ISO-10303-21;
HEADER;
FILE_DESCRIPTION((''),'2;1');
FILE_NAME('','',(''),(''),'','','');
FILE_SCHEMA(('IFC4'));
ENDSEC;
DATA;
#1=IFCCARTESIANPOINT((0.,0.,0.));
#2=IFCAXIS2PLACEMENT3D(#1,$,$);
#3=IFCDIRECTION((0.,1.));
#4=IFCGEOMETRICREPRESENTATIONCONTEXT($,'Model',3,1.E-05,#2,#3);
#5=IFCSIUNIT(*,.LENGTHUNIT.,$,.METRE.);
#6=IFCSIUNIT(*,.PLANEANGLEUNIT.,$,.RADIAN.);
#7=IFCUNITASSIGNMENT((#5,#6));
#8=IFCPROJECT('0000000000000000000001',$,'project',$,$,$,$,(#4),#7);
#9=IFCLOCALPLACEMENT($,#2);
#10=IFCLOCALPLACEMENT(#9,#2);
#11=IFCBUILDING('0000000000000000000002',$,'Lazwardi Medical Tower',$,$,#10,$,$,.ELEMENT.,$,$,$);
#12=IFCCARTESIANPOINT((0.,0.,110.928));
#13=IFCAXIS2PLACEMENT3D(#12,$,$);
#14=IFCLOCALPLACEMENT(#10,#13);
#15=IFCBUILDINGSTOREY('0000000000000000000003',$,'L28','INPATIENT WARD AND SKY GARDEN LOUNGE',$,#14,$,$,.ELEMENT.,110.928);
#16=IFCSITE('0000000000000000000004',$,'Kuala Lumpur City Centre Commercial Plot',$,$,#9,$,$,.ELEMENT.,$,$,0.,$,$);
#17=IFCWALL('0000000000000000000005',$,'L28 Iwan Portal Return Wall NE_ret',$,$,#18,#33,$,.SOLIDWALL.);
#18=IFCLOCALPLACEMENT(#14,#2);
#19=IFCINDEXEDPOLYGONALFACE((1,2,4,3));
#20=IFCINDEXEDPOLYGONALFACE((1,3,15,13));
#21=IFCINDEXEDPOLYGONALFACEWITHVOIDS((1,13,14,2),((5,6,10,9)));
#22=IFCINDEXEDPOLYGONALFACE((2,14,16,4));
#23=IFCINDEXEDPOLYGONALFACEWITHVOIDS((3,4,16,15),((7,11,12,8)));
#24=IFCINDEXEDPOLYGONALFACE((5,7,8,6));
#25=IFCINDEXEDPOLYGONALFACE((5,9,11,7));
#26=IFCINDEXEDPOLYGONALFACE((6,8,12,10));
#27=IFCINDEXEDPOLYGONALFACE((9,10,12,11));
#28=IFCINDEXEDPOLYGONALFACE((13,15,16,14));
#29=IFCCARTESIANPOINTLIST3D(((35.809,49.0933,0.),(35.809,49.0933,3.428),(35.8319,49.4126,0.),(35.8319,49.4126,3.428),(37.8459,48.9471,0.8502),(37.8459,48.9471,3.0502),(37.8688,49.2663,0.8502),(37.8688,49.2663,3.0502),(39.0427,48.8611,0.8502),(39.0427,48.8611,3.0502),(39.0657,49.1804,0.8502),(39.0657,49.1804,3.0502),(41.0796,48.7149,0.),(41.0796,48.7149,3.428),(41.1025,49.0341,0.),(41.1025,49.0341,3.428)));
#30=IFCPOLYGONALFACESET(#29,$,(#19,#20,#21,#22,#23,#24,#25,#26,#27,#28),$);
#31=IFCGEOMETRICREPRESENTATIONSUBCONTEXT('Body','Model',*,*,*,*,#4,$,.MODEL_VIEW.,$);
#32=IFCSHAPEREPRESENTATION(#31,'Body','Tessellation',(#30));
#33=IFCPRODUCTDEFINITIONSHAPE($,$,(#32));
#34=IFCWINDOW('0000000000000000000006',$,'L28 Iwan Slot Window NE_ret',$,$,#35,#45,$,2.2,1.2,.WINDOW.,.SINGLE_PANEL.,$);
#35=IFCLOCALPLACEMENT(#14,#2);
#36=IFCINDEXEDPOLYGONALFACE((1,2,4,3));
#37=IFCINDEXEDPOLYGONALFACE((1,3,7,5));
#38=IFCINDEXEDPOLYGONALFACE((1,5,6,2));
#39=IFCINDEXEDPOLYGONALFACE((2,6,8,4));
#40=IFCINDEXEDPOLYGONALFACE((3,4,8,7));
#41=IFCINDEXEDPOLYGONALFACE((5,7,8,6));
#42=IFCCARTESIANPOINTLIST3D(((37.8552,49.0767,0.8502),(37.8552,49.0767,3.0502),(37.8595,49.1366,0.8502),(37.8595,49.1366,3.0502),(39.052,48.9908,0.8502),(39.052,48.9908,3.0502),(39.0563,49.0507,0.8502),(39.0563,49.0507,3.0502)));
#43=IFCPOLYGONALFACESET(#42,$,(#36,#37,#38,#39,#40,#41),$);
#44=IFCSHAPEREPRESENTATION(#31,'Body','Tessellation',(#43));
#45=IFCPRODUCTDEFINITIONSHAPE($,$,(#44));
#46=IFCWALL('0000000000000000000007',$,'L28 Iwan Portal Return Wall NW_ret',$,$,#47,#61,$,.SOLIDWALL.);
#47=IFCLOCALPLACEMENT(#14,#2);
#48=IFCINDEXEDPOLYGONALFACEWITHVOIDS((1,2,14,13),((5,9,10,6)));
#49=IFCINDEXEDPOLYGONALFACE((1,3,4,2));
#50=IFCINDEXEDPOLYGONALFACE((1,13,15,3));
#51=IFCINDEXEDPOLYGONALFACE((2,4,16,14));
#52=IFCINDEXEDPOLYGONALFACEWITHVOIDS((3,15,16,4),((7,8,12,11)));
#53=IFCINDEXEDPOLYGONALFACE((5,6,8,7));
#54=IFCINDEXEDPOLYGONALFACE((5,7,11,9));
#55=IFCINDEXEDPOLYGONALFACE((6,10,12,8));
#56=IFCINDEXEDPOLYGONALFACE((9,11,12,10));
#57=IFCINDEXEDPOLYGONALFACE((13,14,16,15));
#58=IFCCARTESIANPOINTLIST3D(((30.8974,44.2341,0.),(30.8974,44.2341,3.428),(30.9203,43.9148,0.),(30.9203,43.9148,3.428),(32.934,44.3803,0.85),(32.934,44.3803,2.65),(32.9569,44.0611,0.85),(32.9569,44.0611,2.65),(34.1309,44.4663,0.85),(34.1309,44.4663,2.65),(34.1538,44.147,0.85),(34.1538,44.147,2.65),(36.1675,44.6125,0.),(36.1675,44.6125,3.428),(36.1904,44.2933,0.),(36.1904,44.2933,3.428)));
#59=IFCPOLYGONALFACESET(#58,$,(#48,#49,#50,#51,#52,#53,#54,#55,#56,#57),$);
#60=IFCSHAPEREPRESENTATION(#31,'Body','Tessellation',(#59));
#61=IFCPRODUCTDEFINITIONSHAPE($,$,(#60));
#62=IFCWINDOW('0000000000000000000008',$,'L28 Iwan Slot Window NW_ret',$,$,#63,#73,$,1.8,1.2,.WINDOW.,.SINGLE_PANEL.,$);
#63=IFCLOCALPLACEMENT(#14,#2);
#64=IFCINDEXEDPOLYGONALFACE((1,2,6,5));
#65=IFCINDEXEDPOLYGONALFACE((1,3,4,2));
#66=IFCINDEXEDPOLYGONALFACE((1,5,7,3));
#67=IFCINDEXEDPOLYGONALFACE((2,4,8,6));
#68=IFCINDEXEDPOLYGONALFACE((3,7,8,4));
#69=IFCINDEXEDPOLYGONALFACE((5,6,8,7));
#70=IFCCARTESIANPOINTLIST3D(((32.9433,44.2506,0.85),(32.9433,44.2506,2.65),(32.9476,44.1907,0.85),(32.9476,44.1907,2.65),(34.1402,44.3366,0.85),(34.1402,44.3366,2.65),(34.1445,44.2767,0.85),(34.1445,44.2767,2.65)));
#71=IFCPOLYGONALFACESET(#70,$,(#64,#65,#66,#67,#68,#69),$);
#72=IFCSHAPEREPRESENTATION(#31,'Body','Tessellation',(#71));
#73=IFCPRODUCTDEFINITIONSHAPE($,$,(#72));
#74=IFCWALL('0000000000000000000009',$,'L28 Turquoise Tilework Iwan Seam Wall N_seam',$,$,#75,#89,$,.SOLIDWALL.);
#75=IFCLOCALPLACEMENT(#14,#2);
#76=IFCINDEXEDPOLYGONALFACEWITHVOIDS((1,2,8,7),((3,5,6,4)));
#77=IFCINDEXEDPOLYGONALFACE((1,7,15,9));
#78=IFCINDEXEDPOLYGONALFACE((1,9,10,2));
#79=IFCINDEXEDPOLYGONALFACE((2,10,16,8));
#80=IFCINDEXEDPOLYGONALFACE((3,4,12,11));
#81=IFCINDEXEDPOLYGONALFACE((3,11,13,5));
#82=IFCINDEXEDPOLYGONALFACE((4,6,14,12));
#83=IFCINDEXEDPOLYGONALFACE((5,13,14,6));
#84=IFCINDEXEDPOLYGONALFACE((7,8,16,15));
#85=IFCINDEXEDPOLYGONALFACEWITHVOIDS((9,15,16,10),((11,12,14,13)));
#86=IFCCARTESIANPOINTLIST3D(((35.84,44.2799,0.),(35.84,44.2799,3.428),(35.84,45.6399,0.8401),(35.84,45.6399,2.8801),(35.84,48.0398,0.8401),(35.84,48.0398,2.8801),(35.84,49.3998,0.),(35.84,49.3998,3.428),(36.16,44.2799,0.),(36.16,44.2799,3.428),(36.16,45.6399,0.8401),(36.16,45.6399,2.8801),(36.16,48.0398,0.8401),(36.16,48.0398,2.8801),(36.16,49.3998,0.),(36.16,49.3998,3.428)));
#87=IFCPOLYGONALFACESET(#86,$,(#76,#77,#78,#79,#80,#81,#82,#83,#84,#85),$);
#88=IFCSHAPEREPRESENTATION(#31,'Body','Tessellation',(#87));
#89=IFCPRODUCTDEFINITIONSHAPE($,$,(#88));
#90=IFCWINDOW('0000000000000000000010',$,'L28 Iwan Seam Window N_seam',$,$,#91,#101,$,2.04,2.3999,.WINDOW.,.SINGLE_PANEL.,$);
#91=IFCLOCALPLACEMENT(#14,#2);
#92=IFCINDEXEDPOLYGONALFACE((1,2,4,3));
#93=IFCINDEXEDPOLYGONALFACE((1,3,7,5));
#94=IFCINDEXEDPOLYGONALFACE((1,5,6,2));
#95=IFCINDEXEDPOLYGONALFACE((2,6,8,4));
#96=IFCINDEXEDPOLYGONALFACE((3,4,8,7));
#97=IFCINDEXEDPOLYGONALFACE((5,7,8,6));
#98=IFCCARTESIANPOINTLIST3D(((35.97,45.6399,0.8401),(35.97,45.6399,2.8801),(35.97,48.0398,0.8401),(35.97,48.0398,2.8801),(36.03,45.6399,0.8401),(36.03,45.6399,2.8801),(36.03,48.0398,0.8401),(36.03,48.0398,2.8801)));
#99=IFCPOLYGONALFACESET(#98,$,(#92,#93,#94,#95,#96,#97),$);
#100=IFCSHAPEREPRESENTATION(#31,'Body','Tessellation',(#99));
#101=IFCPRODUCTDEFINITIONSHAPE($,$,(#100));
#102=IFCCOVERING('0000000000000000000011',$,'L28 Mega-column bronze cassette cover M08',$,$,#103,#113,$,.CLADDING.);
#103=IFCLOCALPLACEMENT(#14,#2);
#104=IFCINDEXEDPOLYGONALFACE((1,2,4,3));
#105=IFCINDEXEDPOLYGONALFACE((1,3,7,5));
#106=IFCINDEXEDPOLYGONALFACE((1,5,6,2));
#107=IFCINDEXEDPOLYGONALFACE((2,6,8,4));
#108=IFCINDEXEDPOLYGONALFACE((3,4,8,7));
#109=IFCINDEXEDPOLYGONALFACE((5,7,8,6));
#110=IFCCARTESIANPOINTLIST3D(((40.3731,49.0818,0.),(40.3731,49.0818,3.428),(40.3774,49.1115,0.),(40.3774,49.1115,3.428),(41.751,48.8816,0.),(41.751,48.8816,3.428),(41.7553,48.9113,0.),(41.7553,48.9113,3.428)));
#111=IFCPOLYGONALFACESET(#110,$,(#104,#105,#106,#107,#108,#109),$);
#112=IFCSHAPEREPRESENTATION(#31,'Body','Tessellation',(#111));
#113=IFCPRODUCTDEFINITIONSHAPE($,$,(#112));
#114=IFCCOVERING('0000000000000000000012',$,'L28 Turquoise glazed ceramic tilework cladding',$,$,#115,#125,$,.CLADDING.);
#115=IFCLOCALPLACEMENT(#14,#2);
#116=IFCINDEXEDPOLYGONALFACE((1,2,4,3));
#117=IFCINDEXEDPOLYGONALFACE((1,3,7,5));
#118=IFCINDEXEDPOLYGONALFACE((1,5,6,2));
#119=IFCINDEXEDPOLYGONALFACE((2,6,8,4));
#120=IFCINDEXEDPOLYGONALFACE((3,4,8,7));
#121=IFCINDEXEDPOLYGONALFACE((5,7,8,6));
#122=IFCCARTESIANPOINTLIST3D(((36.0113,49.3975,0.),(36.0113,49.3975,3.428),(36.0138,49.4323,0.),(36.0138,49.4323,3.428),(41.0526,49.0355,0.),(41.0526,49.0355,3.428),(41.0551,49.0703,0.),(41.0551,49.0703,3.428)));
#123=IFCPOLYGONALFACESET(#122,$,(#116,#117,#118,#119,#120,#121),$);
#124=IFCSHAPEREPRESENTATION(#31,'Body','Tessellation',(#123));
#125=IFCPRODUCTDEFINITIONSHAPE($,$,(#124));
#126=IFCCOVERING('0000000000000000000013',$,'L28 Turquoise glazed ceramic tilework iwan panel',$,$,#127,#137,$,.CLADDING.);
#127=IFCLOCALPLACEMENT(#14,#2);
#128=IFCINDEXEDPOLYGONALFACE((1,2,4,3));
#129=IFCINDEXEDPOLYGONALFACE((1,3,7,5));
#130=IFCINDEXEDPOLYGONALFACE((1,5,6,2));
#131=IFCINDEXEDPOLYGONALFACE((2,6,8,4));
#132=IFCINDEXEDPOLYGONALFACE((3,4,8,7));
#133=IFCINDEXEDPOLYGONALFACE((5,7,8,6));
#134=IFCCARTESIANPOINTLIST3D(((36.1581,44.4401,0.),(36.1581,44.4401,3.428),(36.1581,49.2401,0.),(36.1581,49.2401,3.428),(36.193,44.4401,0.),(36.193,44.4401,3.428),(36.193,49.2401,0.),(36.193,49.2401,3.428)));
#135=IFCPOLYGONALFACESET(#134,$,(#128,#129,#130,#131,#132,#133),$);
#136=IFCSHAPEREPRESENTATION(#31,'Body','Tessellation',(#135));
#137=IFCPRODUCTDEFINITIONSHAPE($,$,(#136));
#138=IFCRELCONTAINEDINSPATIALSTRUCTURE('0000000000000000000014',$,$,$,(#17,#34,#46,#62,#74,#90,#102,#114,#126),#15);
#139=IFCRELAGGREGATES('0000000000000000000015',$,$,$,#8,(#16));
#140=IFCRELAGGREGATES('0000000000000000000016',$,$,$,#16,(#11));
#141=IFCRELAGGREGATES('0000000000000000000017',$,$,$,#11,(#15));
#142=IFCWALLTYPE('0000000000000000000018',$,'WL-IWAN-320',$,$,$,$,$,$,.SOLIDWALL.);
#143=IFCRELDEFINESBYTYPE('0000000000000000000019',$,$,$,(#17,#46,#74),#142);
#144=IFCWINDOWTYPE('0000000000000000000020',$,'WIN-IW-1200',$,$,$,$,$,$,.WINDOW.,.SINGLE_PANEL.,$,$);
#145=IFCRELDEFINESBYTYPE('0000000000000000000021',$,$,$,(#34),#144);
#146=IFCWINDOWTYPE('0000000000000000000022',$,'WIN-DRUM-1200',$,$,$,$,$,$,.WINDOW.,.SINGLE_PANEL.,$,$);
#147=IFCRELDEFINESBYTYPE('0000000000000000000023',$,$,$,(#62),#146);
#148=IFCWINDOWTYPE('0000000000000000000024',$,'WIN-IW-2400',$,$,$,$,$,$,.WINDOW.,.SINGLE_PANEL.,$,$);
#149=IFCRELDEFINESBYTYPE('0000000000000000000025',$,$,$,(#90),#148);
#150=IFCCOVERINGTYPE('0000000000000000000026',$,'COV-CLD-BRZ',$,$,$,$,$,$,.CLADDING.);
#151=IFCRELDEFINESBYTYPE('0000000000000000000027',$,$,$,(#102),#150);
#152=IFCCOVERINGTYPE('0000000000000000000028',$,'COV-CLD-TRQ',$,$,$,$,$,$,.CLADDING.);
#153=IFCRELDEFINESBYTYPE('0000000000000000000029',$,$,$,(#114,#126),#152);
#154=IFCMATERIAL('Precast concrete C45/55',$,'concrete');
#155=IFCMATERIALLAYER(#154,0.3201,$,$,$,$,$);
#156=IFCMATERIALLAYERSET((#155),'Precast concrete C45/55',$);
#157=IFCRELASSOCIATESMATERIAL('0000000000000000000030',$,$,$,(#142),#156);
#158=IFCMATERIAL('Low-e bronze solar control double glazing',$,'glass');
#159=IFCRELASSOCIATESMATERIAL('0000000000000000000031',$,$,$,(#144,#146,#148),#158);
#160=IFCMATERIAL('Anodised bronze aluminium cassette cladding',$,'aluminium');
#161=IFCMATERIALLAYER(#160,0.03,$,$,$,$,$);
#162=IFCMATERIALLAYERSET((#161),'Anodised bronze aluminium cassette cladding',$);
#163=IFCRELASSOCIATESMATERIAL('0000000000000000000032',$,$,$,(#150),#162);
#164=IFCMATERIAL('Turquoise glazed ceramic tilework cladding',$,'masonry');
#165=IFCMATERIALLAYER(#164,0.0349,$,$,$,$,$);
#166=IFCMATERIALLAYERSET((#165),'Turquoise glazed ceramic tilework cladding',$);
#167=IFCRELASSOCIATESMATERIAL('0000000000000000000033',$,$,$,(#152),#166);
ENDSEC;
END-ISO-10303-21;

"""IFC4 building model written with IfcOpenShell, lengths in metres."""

from ifc_helpers import new_model, si_unit, direction, frame, frame_2d, origin, origin_2d, place, context, subcontext, project, spatial, rectangle, extrude, material, layer, layer_set, type_object, element, fill, save


model = new_model("IFC4")

# Units and contexts
model_context = context("Model", 3, precision=1e-05, world=origin(), true_north=direction((0.0, 1.0)))
body_context = subcontext(model_context, "Body", "Model", "MODEL_VIEW")
ifc_project = project(units=[si_unit("LENGTHUNIT", "METRE"), si_unit("PLANEANGLEUNIT", "RADIAN")], contexts=[model_context])

# Site, building, storey
site_placement = place(None, origin())
site = spatial("IfcSite", under=ifc_project, at=site_placement, Name="Kuala Lumpur City Centre Commercial Plot", CompositionType="ELEMENT", RefElevation=0.0)
building_placement = place(site_placement, origin())
building = spatial("IfcBuilding", under=site, at=building_placement, Name="Lazwardi Medical Tower", CompositionType="ELEMENT")
storey_placement = place(building_placement, frame((0.0, 0.0, 110.928)))
storey = spatial("IfcBuildingStorey", under=building, at=storey_placement, Name="L28", Description="INPATIENT WARD AND SKY GARDEN LOUNGE", CompositionType="ELEMENT", Elevation=110.928)

# Shared definitions
ifc_material_1 = material(Name="Low-e bronze solar control double glazing", Category="glass")

# Walls, openings, windows
ifc_material_2 = material(Name="Precast concrete C45/55", Category="concrete")
ifc_layer_1 = layer(ifc_material_2, 0.3201)
ifc_layer_set_1 = layer_set([ifc_layer_1], Name="Precast concrete C45/55")
wall_type_1 = type_object("IfcWallType", Name="WL-IWAN-320", PredefinedType="SOLIDWALL", material=ifc_layer_set_1)
wall_1_placement = place(storey_placement, frame((41.0911, 48.8745, 0.0), z_axis=(0.0, 0.0, 1.0), x_axis=(-0.997432, 0.071615, 0.0)))
wall_1 = element("IfcWall", 1, at=wall_1_placement, inside=storey, type_object=wall_type_1, Name="L28 Iwan Portal Return Wall NE_ret", PredefinedType="SOLIDWALL", context=body_context, shape_type="SweptSolid", body=[
    extrude(rectangle(XDim=5.2842, YDim=0.3201, at=frame_2d((2.6421, 0.0))), origin(), (0.0, 0.0, 1.0), 3.428),
])
opening_1_placement = place(wall_1_placement, frame((2.042, 0.0, 0.8501)))
opening_1 = element("IfcOpeningElement", 2, at=opening_1_placement, cuts=wall_1, PredefinedType="OPENING", context=body_context, shape_type="SweptSolid", body=[
    extrude(rectangle(XDim=1.2, YDim=2.2, at=frame_2d((0.6001, 1.1001))), frame((0.0, 0.1699, 0.0), z_axis=(0.0, -1.0, 0.0), x_axis=(1.0, 0.0, 0.0)), (0.0, 0.0, 1.0), 0.3401),
])
window_type_1 = type_object("IfcWindowType", Name="WIN-IW-1200", PartitioningType="SINGLE_PANEL", PredefinedType="WINDOW", material=ifc_material_1)
window_1_placement = place(opening_1_placement, origin())
window_1 = element("IfcWindow", 3, at=window_1_placement, inside=storey, type_object=window_type_1, Name="L28 Iwan Slot Window NE_ret", OverallHeight=2.2, OverallWidth=1.2, PartitioningType="SINGLE_PANEL", PredefinedType="WINDOW", context=body_context, shape_type="SweptSolid", body=[
    extrude(rectangle(XDim=1.2, YDim=2.2, at=frame_2d((0.6001, 1.1001))), frame((0.0, 0.03, 0.0), z_axis=(0.0, -1.0, 0.0), x_axis=(1.0, 0.0, 0.0)), (0.0, 0.0, 1.0), 0.0601),
])
fill(opening_1, window_1)
wall_2_placement = place(storey_placement, frame((36.179, 44.4529, 0.0), z_axis=(0.0, 0.0, 1.0), x_axis=(-0.997432, -0.071621, 0.0)))
wall_2 = element("IfcWall", 4, at=wall_2_placement, inside=storey, type_object=wall_type_1, Name="L28 Iwan Portal Return Wall NW_ret", PredefinedType="SOLIDWALL", context=body_context, shape_type="SweptSolid", body=[
    extrude(rectangle(XDim=5.2837, YDim=0.3201, at=frame_2d((2.6418, 0.0))), origin(), (0.0, 0.0, 1.0), 3.428),
])
opening_2_placement = place(wall_2_placement, frame((2.0417, 0.0, 0.8501)))
opening_2 = element("IfcOpeningElement", 5, at=opening_2_placement, cuts=wall_2, PredefinedType="OPENING", context=body_context, shape_type="SweptSolid", body=[
    extrude(rectangle(XDim=1.2, YDim=1.8, at=frame_2d((0.6001, 0.8999))), frame((0.0, 0.1699, 0.0), z_axis=(0.0, -1.0, 0.0), x_axis=(1.0, 0.0, 0.0)), (0.0, 0.0, 1.0), 0.3401),
])
window_type_2 = type_object("IfcWindowType", Name="WIN-DRUM-1200", PartitioningType="SINGLE_PANEL", PredefinedType="WINDOW", material=ifc_material_1)
window_2_placement = place(opening_2_placement, origin())
window_2 = element("IfcWindow", 6, at=window_2_placement, inside=storey, type_object=window_type_2, Name="L28 Iwan Slot Window NW_ret", OverallHeight=1.8, OverallWidth=1.2, PartitioningType="SINGLE_PANEL", PredefinedType="WINDOW", context=body_context, shape_type="SweptSolid", body=[
    extrude(rectangle(XDim=1.2, YDim=1.8, at=frame_2d((0.6001, 0.8999))), frame((0.0, 0.03, 0.0), z_axis=(0.0, -1.0, 0.0), x_axis=(1.0, 0.0, 0.0)), (0.0, 0.0, 1.0), 0.0601),
])
fill(opening_2, window_2)
wall_3_placement = place(storey_placement, frame((36.0, 49.3999, 0.0), z_axis=(0.0, 0.0, 1.0), x_axis=(0.0, -1.0, 0.0)))
wall_3 = element("IfcWall", 7, at=wall_3_placement, inside=storey, type_object=wall_type_1, Name="L28 Turquoise Tilework Iwan Seam Wall N_seam", PredefinedType="SOLIDWALL", context=body_context, shape_type="SweptSolid", body=[
    extrude(rectangle(XDim=5.1199, YDim=0.3201, at=frame_2d((2.5601, 0.0))), origin(), (0.0, 0.0, 1.0), 3.428),
])
opening_3_placement = place(wall_3_placement, frame((1.3601, 0.0, 0.8401)))
opening_3 = element("IfcOpeningElement", 8, at=opening_3_placement, cuts=wall_3, PredefinedType="OPENING", context=body_context, shape_type="SweptSolid", body=[
    extrude(rectangle(XDim=2.3999, YDim=2.04, at=frame_2d((1.2, 1.02))), frame((0.0, 0.1699, 0.0), z_axis=(0.0, -1.0, 0.0), x_axis=(1.0, 0.0, 0.0)), (0.0, 0.0, 1.0), 0.3401),
])
window_type_3 = type_object("IfcWindowType", Name="WIN-IW-2400", PartitioningType="SINGLE_PANEL", PredefinedType="WINDOW", material=ifc_material_1)
window_3_placement = place(opening_3_placement, origin())
window_3 = element("IfcWindow", 9, at=window_3_placement, inside=storey, type_object=window_type_3, Name="L28 Iwan Seam Window N_seam", OverallHeight=2.04, OverallWidth=2.3999, PartitioningType="SINGLE_PANEL", PredefinedType="WINDOW", context=body_context, shape_type="SweptSolid", body=[
    extrude(rectangle(XDim=2.3999, YDim=2.04, at=frame_2d((1.2, 1.02))), frame((0.0, 0.03, 0.0), z_axis=(0.0, -1.0, 0.0), x_axis=(1.0, 0.0, 0.0)), (0.0, 0.0, 1.0), 0.0601),
])
fill(opening_3, window_3)

# Coverings
ifc_material_3 = material(Name="Anodised bronze aluminium cassette cladding", Category="aluminium")
ifc_layer_2 = layer(ifc_material_3, 0.03)
ifc_layer_set_2 = layer_set([ifc_layer_2], Name="Anodised bronze aluminium cassette cladding")
covering_type_1 = type_object("IfcCoveringType", Name="COV-CLD-BRZ", PredefinedType="CLADDING", material=ifc_layer_set_2)
covering_1_placement = place(storey_placement, frame((41.0642, 48.9966, 0.0), z_axis=(0.0, 0.0, 1.0), x_axis=(-0.989609, 0.143785, 0.0)))
element("IfcCovering", 10, at=covering_1_placement, inside=storey, type_object=covering_type_1, Name="L28 Mega-column bronze cassette cover M08", PredefinedType="CLADDING", context=body_context, shape_type="SweptSolid", body=[
    extrude(rectangle(XDim=1.3923, YDim=0.03, at=origin_2d()), origin(), (0.0, 0.0, 1.0), 3.428),
])
ifc_material_4 = material(Name="Turquoise glazed ceramic tilework cladding", Category="masonry")
ifc_layer_3 = layer(ifc_material_4, 0.0349)
ifc_layer_set_3 = layer_set([ifc_layer_3], Name="Turquoise glazed ceramic tilework cladding")
covering_type_2 = type_object("IfcCoveringType", Name="COV-CLD-TRQ", PredefinedType="CLADDING", material=ifc_layer_set_3)
covering_2_placement = place(storey_placement, frame((38.5332, 49.2339, 0.0), z_axis=(0.0, 0.0, 1.0), x_axis=(-0.997432, 0.071625, 0.0)))
element("IfcCovering", 11, at=covering_2_placement, inside=storey, type_object=covering_type_2, Name="L28 Turquoise glazed ceramic tilework cladding", PredefinedType="CLADDING", context=body_context, shape_type="SweptSolid", body=[
    extrude(rectangle(XDim=5.0542, YDim=0.0349, at=origin_2d()), origin(), (0.0, 0.0, 1.0), 3.428),
])
covering_3_placement = place(storey_placement, frame((36.1755, 46.8401, 0.0), z_axis=(0.0, 0.0, 1.0), x_axis=(0.0, -1.0, 0.0)))
element("IfcCovering", 12, at=covering_3_placement, inside=storey, type_object=covering_type_2, Name="L28 Turquoise glazed ceramic tilework iwan panel", PredefinedType="CLADDING", context=body_context, shape_type="SweptSolid", body=[
    extrude(rectangle(XDim=4.8, YDim=0.0349, at=origin_2d()), origin(), (0.0, 0.0, 1.0), 3.428),
])

save(model, "model.ifc")
